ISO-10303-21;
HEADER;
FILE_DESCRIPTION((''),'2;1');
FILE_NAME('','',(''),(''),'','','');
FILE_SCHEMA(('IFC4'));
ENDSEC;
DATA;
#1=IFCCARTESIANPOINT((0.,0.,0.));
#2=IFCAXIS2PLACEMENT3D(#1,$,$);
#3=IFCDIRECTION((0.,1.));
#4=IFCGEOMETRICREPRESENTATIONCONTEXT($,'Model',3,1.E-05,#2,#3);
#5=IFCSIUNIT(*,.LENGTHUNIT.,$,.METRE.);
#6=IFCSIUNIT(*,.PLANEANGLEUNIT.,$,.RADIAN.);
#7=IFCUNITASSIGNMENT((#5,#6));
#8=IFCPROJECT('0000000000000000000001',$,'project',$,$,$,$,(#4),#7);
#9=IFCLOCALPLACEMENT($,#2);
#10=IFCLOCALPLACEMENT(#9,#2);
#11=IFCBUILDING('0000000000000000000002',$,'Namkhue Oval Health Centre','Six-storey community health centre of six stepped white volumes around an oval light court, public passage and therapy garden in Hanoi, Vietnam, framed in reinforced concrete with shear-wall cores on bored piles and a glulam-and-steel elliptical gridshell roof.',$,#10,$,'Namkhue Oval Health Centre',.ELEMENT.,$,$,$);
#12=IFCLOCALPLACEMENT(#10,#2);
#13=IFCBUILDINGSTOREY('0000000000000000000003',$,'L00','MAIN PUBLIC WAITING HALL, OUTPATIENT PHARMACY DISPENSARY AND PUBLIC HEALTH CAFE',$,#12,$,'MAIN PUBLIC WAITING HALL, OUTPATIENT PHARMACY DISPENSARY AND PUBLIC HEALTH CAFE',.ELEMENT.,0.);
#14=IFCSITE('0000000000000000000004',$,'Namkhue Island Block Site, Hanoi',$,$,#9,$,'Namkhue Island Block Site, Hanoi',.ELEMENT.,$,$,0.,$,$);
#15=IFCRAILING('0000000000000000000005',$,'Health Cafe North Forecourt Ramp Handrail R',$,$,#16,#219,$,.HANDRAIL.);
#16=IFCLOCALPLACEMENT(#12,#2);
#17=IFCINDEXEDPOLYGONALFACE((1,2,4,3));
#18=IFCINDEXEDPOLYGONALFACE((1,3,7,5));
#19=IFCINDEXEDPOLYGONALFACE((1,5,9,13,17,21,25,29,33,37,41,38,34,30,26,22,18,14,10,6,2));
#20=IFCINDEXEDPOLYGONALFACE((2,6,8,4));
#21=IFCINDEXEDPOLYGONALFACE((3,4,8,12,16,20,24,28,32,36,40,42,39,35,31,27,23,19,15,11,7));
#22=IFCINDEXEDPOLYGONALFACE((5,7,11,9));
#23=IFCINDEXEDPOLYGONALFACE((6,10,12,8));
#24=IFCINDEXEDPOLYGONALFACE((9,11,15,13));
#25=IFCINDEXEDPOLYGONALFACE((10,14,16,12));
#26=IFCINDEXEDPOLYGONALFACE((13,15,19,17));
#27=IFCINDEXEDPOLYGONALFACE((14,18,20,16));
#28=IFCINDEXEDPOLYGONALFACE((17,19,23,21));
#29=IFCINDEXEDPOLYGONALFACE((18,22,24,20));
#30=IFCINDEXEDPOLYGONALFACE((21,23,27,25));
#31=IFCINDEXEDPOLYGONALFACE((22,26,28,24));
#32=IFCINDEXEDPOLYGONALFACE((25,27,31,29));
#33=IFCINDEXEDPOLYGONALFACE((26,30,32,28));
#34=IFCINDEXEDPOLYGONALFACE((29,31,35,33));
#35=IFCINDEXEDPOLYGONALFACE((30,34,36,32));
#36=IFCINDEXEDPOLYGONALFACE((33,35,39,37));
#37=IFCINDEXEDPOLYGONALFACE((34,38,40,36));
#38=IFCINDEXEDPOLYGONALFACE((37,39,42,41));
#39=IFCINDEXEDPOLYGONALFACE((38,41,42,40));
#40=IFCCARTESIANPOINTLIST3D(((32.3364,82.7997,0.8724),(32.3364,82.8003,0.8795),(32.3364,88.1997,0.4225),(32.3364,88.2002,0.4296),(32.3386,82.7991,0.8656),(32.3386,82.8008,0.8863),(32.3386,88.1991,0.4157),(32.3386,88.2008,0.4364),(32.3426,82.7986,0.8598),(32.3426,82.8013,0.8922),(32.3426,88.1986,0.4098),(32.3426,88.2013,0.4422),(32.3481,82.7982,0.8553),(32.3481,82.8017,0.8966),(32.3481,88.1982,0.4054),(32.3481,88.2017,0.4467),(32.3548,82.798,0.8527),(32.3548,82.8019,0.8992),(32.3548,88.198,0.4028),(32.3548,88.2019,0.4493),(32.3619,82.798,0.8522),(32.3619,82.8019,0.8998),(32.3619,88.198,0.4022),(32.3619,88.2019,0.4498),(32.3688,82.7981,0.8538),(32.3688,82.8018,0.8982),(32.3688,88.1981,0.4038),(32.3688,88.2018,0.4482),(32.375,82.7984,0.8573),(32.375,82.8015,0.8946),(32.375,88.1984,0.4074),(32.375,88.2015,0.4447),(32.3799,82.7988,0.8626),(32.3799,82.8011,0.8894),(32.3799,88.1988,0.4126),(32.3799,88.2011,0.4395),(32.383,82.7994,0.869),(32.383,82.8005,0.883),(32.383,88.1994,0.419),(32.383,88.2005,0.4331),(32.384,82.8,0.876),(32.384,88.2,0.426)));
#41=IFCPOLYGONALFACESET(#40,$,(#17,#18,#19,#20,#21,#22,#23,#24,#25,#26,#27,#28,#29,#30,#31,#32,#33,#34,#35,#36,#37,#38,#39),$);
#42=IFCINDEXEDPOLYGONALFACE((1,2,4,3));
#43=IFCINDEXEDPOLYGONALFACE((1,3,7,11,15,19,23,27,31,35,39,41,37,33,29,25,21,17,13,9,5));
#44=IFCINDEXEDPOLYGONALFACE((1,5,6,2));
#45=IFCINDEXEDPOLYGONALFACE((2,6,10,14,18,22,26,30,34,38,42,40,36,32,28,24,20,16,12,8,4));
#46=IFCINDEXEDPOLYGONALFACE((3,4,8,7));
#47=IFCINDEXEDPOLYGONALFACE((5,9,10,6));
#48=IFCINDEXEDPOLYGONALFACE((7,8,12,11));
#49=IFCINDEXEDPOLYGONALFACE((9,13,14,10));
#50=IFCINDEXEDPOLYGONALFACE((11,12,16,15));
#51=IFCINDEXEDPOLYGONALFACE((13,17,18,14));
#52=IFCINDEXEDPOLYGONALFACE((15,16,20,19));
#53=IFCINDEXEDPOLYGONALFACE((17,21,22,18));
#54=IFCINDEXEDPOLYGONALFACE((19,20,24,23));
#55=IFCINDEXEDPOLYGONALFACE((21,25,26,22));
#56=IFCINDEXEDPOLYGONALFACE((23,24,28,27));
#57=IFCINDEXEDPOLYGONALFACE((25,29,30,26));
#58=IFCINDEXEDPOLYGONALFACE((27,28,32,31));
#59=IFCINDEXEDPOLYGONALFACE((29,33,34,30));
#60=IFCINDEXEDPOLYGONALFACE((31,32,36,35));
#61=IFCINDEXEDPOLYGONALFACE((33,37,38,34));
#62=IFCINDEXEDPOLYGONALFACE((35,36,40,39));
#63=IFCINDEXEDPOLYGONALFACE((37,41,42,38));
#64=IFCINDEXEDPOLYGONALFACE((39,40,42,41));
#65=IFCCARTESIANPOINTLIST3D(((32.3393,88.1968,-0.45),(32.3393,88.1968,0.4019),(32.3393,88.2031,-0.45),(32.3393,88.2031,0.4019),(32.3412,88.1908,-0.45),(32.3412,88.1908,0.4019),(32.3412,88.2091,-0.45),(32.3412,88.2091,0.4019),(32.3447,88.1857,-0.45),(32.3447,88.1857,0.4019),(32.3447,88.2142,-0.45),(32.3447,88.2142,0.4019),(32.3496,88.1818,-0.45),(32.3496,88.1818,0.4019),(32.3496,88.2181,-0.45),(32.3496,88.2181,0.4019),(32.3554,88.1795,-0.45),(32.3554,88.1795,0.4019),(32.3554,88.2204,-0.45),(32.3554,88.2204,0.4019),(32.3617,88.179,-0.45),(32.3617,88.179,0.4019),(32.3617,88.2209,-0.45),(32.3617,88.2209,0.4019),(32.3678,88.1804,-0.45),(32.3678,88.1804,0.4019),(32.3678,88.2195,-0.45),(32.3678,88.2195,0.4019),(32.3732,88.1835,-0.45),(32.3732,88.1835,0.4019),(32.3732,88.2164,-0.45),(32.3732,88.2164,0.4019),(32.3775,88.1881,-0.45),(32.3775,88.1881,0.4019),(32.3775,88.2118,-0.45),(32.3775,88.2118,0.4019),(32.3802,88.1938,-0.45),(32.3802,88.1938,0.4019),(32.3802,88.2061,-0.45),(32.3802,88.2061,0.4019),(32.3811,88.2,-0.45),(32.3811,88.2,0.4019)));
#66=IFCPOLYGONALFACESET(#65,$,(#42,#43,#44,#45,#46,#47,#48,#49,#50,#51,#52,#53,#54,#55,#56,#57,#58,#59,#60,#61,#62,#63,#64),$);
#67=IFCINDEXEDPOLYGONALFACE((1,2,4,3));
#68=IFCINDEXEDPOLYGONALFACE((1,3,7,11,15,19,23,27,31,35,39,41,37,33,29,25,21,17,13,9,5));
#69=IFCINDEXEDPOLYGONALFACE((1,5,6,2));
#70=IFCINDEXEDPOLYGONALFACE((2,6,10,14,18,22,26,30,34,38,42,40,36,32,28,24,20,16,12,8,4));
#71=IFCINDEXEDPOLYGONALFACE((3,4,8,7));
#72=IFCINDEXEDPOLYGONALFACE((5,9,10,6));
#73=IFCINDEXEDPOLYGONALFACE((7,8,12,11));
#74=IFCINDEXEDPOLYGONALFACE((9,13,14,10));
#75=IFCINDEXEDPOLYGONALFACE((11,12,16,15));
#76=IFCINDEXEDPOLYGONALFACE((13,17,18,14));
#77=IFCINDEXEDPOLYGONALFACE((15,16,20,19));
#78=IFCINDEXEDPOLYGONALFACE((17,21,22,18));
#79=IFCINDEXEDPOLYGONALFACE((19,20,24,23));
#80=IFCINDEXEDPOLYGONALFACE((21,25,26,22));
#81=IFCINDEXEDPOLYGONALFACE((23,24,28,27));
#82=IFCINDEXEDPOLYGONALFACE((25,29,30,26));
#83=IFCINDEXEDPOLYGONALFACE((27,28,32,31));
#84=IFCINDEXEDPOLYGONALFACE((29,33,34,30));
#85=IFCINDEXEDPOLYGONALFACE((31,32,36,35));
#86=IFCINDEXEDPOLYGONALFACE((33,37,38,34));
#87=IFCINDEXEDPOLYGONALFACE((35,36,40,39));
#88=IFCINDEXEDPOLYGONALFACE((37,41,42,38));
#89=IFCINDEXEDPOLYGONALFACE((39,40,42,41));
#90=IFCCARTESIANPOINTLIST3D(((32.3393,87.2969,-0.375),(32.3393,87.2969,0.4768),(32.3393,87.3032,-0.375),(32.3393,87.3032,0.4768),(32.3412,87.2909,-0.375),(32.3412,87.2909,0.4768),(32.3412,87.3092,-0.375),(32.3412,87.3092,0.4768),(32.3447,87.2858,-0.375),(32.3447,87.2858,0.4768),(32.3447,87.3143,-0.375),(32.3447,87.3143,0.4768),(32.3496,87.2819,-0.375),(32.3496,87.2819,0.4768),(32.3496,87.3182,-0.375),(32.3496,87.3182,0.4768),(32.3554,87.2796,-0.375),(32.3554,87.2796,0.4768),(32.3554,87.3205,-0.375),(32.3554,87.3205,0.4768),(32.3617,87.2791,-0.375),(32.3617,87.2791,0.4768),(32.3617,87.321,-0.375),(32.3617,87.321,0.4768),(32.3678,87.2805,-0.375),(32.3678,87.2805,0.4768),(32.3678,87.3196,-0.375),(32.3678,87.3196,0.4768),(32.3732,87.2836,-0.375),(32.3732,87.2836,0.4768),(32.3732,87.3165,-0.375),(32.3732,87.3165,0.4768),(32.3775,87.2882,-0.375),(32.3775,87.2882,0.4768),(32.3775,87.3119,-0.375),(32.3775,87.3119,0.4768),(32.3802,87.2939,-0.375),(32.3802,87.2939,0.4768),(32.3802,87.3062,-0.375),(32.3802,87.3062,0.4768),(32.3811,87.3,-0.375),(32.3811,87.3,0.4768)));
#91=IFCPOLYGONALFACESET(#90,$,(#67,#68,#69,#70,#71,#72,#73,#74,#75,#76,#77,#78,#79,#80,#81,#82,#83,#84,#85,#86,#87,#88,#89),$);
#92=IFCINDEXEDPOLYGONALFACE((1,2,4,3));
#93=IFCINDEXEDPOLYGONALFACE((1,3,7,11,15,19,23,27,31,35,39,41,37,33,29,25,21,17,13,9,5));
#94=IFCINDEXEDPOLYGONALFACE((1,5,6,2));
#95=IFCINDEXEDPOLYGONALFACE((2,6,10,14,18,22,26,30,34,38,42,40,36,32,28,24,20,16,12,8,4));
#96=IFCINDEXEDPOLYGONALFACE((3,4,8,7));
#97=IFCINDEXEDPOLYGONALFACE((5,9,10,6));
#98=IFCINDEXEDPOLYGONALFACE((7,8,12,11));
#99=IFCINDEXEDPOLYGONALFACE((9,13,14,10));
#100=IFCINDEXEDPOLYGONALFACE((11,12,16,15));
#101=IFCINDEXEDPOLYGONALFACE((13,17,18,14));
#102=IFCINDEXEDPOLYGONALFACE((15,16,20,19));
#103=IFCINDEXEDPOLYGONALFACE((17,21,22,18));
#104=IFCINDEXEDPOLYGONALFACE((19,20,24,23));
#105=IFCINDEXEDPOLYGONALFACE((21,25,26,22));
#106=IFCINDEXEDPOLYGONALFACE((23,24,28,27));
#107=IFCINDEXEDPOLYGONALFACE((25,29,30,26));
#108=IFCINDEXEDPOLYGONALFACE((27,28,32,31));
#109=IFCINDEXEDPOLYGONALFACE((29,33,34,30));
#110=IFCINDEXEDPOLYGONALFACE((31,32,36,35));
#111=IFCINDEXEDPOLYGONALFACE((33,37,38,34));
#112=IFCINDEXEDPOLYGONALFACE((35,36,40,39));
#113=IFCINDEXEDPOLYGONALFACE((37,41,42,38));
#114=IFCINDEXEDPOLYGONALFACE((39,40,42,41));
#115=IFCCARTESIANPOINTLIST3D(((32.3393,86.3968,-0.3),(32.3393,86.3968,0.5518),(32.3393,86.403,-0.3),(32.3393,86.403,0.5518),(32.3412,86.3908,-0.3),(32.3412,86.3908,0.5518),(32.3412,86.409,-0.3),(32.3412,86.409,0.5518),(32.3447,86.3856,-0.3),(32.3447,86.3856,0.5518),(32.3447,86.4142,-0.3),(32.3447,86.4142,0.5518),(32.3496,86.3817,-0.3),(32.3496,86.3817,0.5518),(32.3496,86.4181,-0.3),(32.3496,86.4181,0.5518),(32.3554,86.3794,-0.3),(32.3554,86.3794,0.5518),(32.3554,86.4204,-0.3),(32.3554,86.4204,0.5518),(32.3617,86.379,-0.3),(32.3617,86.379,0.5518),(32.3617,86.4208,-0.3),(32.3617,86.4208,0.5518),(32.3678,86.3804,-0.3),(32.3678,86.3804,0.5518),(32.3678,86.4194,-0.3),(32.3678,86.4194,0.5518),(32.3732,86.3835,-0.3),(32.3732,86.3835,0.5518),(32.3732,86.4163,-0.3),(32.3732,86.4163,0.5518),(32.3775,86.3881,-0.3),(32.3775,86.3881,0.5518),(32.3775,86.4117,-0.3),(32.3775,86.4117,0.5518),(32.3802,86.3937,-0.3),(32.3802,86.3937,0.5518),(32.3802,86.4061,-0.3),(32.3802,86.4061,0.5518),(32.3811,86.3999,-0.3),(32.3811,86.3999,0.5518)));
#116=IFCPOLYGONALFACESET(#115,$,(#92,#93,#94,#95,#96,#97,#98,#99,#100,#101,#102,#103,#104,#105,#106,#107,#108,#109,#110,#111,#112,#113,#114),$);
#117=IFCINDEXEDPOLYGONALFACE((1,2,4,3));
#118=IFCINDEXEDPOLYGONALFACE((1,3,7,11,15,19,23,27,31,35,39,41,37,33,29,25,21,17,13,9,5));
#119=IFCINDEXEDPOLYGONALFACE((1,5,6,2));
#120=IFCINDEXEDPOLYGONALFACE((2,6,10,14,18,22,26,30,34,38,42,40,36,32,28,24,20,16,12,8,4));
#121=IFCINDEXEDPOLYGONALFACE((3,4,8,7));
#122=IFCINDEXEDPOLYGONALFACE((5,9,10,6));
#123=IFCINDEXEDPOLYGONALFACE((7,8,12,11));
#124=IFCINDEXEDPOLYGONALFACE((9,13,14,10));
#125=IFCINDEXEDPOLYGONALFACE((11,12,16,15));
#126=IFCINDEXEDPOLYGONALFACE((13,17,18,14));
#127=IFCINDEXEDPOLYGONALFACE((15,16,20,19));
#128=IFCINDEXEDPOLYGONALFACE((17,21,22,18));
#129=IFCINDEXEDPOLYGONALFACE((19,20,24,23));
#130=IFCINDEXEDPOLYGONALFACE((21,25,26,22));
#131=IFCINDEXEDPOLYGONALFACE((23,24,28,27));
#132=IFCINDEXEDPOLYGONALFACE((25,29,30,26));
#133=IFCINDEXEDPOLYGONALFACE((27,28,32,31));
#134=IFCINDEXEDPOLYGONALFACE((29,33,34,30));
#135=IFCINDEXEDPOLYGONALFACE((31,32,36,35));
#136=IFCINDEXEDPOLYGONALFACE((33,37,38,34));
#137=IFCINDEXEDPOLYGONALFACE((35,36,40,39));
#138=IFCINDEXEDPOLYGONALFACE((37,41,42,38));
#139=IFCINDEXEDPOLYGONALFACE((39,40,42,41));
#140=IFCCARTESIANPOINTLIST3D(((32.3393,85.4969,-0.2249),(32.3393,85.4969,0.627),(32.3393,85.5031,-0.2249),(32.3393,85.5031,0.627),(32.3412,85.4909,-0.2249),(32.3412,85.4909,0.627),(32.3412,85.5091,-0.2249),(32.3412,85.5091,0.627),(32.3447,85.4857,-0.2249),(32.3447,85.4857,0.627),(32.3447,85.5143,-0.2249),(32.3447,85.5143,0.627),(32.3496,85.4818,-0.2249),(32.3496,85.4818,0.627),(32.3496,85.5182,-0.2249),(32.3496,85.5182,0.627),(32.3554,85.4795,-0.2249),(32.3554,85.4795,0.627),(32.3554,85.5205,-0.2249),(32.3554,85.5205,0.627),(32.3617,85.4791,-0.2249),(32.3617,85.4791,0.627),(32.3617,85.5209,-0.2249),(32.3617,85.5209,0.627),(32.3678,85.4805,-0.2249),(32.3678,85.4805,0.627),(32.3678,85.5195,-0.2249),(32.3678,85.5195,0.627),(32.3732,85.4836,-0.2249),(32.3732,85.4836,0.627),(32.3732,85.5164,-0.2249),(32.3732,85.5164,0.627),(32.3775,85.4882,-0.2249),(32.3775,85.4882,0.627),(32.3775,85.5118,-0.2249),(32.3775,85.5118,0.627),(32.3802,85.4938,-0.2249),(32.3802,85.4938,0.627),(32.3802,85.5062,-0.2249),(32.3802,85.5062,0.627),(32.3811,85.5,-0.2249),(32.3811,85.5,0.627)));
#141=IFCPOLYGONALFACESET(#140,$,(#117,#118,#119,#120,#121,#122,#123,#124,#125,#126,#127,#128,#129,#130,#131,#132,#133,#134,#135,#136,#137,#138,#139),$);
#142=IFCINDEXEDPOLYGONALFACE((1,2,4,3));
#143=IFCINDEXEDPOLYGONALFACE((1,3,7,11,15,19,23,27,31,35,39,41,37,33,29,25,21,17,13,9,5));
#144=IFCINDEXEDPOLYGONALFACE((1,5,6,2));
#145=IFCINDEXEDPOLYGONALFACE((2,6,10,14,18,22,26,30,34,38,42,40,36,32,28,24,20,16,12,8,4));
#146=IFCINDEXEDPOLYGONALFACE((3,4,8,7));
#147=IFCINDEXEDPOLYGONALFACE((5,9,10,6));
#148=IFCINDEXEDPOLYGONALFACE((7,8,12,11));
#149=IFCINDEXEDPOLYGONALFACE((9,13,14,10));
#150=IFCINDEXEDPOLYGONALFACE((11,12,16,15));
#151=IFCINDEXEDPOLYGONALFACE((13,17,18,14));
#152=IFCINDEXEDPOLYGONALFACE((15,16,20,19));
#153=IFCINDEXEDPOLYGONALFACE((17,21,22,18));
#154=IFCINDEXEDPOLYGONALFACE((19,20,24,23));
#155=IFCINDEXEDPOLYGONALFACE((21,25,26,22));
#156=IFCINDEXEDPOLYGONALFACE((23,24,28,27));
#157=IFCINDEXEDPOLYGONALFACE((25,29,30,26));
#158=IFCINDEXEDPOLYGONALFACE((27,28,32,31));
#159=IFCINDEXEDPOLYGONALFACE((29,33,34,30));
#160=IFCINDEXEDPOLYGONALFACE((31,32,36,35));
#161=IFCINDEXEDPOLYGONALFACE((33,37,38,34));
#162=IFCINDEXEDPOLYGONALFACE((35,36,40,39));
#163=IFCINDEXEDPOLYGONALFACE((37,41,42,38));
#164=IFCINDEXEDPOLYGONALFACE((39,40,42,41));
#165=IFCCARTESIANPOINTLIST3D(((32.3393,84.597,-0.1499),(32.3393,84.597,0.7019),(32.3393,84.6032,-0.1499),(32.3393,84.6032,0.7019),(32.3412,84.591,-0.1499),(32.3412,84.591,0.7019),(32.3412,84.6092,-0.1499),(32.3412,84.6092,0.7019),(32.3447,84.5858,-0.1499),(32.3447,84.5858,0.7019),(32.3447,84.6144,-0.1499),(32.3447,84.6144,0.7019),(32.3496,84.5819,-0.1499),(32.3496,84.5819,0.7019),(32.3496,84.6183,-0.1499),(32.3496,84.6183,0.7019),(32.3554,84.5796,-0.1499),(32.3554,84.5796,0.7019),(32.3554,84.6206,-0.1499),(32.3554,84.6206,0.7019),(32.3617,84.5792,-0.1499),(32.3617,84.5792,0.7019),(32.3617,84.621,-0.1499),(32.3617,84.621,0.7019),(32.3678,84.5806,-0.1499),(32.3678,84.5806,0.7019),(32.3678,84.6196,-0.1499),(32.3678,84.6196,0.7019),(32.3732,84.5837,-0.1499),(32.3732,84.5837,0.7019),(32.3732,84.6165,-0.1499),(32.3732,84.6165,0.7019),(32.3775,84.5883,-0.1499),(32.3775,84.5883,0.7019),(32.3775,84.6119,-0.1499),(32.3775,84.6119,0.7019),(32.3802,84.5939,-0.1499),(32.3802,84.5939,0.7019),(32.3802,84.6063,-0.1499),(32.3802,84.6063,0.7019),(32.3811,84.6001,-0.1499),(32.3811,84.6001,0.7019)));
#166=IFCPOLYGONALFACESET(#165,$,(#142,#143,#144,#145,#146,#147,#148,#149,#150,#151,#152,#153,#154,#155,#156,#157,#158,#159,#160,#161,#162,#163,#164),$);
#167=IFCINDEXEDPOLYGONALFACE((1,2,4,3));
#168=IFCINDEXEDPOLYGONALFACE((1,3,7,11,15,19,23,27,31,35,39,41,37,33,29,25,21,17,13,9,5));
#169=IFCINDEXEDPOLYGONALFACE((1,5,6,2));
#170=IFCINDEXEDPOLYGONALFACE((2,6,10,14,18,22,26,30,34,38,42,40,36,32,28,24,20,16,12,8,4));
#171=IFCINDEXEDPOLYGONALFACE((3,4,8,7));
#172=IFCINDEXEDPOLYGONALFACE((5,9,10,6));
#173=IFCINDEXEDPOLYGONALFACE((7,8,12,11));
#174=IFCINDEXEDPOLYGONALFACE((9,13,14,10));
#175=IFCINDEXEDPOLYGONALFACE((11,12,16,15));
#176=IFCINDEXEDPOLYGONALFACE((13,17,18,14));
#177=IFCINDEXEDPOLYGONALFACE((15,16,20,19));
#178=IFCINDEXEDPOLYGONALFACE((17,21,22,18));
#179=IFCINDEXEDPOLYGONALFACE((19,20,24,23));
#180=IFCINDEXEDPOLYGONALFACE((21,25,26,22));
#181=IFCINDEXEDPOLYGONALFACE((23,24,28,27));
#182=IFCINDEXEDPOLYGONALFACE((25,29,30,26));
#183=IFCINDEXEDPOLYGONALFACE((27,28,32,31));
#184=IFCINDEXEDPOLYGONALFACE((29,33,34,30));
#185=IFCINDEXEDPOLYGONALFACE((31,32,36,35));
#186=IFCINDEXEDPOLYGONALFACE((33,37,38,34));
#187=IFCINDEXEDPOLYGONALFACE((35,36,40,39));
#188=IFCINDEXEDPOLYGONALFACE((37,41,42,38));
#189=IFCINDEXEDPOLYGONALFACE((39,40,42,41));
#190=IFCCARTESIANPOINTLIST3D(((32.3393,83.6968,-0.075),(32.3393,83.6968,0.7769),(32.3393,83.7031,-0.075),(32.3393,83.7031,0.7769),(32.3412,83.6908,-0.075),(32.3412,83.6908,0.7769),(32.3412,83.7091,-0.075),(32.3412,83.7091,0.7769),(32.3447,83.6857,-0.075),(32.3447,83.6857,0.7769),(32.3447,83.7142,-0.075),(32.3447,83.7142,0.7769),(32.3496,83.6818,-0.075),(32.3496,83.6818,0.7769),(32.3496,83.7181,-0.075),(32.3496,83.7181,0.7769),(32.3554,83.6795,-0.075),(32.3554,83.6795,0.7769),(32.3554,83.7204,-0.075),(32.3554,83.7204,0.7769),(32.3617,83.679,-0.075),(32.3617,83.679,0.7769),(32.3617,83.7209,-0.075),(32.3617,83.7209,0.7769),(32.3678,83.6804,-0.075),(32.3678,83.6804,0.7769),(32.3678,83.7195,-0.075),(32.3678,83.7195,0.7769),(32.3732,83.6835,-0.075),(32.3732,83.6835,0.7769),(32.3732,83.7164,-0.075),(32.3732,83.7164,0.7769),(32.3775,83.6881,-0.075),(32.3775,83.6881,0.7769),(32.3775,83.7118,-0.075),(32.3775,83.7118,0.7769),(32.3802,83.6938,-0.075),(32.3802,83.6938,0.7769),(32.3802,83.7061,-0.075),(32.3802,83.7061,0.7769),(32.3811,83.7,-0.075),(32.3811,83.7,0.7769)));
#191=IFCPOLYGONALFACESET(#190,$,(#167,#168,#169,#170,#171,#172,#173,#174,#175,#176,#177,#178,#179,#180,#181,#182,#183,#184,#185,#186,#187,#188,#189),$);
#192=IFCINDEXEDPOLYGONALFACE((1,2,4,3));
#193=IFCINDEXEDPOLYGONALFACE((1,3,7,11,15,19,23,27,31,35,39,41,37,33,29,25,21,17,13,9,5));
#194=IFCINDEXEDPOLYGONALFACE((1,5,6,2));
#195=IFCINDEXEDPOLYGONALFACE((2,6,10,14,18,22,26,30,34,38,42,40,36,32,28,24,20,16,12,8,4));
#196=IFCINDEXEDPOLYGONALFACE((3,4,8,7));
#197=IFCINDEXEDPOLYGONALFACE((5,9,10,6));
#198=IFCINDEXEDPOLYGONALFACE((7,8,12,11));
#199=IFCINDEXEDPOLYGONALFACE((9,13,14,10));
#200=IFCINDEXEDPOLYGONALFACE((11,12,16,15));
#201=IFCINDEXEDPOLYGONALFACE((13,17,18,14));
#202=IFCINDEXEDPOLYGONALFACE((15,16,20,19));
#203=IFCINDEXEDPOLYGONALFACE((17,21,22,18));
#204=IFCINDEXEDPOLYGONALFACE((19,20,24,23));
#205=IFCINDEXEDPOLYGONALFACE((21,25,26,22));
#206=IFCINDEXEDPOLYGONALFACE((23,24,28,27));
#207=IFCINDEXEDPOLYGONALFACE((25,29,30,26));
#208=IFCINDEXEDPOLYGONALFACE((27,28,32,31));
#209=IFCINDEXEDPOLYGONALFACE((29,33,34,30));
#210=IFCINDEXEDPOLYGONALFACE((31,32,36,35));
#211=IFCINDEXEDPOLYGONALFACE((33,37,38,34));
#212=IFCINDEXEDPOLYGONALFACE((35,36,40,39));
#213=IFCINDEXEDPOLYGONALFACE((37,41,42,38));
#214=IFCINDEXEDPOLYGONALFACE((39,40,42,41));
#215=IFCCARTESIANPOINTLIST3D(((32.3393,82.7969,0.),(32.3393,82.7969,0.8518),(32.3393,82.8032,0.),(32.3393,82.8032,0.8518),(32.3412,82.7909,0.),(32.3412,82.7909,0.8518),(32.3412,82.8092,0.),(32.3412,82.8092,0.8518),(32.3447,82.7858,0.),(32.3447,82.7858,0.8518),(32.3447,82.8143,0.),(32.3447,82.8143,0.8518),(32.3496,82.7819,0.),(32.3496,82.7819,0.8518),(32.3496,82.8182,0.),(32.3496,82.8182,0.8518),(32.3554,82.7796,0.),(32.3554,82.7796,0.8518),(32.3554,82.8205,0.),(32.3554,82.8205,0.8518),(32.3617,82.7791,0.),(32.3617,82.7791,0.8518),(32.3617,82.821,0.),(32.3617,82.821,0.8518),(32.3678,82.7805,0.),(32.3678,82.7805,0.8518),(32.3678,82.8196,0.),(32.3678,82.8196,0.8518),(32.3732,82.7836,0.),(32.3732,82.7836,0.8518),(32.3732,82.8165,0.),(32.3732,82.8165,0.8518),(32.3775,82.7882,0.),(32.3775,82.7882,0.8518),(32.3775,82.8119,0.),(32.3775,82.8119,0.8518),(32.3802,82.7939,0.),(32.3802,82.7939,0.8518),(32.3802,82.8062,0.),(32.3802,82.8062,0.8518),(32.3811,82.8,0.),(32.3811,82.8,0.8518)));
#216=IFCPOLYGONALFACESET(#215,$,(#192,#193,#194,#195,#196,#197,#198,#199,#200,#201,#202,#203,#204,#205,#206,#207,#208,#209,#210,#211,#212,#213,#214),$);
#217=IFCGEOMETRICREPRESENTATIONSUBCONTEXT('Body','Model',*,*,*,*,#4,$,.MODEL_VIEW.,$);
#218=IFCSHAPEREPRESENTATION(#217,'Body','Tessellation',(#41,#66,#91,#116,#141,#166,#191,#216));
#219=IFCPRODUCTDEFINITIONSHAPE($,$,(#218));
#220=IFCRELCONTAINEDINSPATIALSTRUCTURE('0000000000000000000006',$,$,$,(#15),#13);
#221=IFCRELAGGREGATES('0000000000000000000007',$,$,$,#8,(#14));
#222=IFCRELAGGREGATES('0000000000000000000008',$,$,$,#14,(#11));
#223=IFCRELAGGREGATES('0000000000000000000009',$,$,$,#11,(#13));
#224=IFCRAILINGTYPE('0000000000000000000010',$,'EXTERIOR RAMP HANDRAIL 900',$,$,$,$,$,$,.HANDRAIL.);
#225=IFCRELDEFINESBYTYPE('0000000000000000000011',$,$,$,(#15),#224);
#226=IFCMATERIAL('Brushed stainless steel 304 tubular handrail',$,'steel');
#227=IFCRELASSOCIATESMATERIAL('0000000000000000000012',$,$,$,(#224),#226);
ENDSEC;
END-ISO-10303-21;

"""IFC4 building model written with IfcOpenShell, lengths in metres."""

from ifc_helpers import new_model, si_unit, direction, frame, origin, origin_2d, place, context, subcontext, project, spatial, circle, extrude, material, type_object, element, save


model = new_model("IFC4")

# Units and contexts
model_context = context("Model", 3, precision=1e-05, world=origin(), true_north=direction((0.0, 1.0)))
body_context = subcontext(model_context, "Body", "Model", "MODEL_VIEW")
ifc_project = project(units=[si_unit("LENGTHUNIT", "METRE"), si_unit("PLANEANGLEUNIT", "RADIAN")], contexts=[model_context])

# Site, building, storey
site_placement = place(None, origin())
site = spatial("IfcSite", under=ifc_project, at=site_placement, Name="Namkhue Island Block Site, Hanoi", LongName="Namkhue Island Block Site, Hanoi", CompositionType="ELEMENT", RefElevation=0.0)
building_placement = place(site_placement, origin())
building = spatial("IfcBuilding", under=site, at=building_placement, Name="Namkhue Oval Health Centre", Description="Six-storey community health centre of six stepped white volumes around an oval light court, public passage and therapy garden in Hanoi, Vietnam, framed in reinforced concrete with shear-wall cores on bored piles and a glulam-and-steel elliptical gridshell roof.", LongName="Namkhue Oval Health Centre", CompositionType="ELEMENT")
storey_placement = place(building_placement, origin())
storey = spatial("IfcBuildingStorey", under=building, at=storey_placement, Name="L00", Description="MAIN PUBLIC WAITING HALL, OUTPATIENT PHARMACY DISPENSARY AND PUBLIC HEALTH CAFE", LongName="MAIN PUBLIC WAITING HALL, OUTPATIENT PHARMACY DISPENSARY AND PUBLIC HEALTH CAFE", CompositionType="ELEMENT", Elevation=0.0)

# Railing
ifc_material_1 = material(Name="Brushed stainless steel 304 tubular handrail", Category="steel")
railing_type = type_object("IfcRailingType", Name="EXTERIOR RAMP HANDRAIL 900", PredefinedType="HANDRAIL", material=ifc_material_1)
for number, where, name in (
    (1, (32.3601, 88.2, -0.45), "Health Cafe North Forecourt Ramp Handrail R"),
):
    element("IfcRailing", number, at=place(storey_placement, frame(where)), inside=storey, type_object=railing_type, Name=name, PredefinedType="HANDRAIL", context=body_context, shape_type="SweptSolid", body=[
        extrude(circle(Radius=0.0239, at=origin_2d()), frame((0.0, 0.0, 0.876), z_axis=(0.0, -0.996546, 0.083038), x_axis=(1.0, 0.0, 0.0)), (0.0, 0.0, 1.0), 5.4187),
        extrude(circle(Radius=0.021, at=origin_2d()), origin(), (0.0, 0.0, 1.0), 0.8518),
        extrude(circle(Radius=0.021, at=origin_2d()), frame((0.0, -0.8999, 0.075)), (0.0, 0.0, 1.0), 0.8518),
        extrude(circle(Radius=0.021, at=origin_2d()), frame((0.0, -1.8, 0.1499)), (0.0, 0.0, 1.0), 0.8518),
        extrude(circle(Radius=0.021, at=origin_2d()), frame((0.0, -2.7, 0.2251)), (0.0, 0.0, 1.0), 0.8518),
        extrude(circle(Radius=0.021, at=origin_2d()), frame((0.0, -3.5999, 0.3)), (0.0, 0.0, 1.0), 0.8518),
        extrude(circle(Radius=0.021, at=origin_2d()), frame((0.0, -4.5, 0.375)), (0.0, 0.0, 1.0), 0.8518),
        extrude(circle(Radius=0.021, at=origin_2d()), frame((0.0, -5.3999, 0.45)), (0.0, 0.0, 1.0), 0.8518),
    ])

save(model, "model.ifc")
